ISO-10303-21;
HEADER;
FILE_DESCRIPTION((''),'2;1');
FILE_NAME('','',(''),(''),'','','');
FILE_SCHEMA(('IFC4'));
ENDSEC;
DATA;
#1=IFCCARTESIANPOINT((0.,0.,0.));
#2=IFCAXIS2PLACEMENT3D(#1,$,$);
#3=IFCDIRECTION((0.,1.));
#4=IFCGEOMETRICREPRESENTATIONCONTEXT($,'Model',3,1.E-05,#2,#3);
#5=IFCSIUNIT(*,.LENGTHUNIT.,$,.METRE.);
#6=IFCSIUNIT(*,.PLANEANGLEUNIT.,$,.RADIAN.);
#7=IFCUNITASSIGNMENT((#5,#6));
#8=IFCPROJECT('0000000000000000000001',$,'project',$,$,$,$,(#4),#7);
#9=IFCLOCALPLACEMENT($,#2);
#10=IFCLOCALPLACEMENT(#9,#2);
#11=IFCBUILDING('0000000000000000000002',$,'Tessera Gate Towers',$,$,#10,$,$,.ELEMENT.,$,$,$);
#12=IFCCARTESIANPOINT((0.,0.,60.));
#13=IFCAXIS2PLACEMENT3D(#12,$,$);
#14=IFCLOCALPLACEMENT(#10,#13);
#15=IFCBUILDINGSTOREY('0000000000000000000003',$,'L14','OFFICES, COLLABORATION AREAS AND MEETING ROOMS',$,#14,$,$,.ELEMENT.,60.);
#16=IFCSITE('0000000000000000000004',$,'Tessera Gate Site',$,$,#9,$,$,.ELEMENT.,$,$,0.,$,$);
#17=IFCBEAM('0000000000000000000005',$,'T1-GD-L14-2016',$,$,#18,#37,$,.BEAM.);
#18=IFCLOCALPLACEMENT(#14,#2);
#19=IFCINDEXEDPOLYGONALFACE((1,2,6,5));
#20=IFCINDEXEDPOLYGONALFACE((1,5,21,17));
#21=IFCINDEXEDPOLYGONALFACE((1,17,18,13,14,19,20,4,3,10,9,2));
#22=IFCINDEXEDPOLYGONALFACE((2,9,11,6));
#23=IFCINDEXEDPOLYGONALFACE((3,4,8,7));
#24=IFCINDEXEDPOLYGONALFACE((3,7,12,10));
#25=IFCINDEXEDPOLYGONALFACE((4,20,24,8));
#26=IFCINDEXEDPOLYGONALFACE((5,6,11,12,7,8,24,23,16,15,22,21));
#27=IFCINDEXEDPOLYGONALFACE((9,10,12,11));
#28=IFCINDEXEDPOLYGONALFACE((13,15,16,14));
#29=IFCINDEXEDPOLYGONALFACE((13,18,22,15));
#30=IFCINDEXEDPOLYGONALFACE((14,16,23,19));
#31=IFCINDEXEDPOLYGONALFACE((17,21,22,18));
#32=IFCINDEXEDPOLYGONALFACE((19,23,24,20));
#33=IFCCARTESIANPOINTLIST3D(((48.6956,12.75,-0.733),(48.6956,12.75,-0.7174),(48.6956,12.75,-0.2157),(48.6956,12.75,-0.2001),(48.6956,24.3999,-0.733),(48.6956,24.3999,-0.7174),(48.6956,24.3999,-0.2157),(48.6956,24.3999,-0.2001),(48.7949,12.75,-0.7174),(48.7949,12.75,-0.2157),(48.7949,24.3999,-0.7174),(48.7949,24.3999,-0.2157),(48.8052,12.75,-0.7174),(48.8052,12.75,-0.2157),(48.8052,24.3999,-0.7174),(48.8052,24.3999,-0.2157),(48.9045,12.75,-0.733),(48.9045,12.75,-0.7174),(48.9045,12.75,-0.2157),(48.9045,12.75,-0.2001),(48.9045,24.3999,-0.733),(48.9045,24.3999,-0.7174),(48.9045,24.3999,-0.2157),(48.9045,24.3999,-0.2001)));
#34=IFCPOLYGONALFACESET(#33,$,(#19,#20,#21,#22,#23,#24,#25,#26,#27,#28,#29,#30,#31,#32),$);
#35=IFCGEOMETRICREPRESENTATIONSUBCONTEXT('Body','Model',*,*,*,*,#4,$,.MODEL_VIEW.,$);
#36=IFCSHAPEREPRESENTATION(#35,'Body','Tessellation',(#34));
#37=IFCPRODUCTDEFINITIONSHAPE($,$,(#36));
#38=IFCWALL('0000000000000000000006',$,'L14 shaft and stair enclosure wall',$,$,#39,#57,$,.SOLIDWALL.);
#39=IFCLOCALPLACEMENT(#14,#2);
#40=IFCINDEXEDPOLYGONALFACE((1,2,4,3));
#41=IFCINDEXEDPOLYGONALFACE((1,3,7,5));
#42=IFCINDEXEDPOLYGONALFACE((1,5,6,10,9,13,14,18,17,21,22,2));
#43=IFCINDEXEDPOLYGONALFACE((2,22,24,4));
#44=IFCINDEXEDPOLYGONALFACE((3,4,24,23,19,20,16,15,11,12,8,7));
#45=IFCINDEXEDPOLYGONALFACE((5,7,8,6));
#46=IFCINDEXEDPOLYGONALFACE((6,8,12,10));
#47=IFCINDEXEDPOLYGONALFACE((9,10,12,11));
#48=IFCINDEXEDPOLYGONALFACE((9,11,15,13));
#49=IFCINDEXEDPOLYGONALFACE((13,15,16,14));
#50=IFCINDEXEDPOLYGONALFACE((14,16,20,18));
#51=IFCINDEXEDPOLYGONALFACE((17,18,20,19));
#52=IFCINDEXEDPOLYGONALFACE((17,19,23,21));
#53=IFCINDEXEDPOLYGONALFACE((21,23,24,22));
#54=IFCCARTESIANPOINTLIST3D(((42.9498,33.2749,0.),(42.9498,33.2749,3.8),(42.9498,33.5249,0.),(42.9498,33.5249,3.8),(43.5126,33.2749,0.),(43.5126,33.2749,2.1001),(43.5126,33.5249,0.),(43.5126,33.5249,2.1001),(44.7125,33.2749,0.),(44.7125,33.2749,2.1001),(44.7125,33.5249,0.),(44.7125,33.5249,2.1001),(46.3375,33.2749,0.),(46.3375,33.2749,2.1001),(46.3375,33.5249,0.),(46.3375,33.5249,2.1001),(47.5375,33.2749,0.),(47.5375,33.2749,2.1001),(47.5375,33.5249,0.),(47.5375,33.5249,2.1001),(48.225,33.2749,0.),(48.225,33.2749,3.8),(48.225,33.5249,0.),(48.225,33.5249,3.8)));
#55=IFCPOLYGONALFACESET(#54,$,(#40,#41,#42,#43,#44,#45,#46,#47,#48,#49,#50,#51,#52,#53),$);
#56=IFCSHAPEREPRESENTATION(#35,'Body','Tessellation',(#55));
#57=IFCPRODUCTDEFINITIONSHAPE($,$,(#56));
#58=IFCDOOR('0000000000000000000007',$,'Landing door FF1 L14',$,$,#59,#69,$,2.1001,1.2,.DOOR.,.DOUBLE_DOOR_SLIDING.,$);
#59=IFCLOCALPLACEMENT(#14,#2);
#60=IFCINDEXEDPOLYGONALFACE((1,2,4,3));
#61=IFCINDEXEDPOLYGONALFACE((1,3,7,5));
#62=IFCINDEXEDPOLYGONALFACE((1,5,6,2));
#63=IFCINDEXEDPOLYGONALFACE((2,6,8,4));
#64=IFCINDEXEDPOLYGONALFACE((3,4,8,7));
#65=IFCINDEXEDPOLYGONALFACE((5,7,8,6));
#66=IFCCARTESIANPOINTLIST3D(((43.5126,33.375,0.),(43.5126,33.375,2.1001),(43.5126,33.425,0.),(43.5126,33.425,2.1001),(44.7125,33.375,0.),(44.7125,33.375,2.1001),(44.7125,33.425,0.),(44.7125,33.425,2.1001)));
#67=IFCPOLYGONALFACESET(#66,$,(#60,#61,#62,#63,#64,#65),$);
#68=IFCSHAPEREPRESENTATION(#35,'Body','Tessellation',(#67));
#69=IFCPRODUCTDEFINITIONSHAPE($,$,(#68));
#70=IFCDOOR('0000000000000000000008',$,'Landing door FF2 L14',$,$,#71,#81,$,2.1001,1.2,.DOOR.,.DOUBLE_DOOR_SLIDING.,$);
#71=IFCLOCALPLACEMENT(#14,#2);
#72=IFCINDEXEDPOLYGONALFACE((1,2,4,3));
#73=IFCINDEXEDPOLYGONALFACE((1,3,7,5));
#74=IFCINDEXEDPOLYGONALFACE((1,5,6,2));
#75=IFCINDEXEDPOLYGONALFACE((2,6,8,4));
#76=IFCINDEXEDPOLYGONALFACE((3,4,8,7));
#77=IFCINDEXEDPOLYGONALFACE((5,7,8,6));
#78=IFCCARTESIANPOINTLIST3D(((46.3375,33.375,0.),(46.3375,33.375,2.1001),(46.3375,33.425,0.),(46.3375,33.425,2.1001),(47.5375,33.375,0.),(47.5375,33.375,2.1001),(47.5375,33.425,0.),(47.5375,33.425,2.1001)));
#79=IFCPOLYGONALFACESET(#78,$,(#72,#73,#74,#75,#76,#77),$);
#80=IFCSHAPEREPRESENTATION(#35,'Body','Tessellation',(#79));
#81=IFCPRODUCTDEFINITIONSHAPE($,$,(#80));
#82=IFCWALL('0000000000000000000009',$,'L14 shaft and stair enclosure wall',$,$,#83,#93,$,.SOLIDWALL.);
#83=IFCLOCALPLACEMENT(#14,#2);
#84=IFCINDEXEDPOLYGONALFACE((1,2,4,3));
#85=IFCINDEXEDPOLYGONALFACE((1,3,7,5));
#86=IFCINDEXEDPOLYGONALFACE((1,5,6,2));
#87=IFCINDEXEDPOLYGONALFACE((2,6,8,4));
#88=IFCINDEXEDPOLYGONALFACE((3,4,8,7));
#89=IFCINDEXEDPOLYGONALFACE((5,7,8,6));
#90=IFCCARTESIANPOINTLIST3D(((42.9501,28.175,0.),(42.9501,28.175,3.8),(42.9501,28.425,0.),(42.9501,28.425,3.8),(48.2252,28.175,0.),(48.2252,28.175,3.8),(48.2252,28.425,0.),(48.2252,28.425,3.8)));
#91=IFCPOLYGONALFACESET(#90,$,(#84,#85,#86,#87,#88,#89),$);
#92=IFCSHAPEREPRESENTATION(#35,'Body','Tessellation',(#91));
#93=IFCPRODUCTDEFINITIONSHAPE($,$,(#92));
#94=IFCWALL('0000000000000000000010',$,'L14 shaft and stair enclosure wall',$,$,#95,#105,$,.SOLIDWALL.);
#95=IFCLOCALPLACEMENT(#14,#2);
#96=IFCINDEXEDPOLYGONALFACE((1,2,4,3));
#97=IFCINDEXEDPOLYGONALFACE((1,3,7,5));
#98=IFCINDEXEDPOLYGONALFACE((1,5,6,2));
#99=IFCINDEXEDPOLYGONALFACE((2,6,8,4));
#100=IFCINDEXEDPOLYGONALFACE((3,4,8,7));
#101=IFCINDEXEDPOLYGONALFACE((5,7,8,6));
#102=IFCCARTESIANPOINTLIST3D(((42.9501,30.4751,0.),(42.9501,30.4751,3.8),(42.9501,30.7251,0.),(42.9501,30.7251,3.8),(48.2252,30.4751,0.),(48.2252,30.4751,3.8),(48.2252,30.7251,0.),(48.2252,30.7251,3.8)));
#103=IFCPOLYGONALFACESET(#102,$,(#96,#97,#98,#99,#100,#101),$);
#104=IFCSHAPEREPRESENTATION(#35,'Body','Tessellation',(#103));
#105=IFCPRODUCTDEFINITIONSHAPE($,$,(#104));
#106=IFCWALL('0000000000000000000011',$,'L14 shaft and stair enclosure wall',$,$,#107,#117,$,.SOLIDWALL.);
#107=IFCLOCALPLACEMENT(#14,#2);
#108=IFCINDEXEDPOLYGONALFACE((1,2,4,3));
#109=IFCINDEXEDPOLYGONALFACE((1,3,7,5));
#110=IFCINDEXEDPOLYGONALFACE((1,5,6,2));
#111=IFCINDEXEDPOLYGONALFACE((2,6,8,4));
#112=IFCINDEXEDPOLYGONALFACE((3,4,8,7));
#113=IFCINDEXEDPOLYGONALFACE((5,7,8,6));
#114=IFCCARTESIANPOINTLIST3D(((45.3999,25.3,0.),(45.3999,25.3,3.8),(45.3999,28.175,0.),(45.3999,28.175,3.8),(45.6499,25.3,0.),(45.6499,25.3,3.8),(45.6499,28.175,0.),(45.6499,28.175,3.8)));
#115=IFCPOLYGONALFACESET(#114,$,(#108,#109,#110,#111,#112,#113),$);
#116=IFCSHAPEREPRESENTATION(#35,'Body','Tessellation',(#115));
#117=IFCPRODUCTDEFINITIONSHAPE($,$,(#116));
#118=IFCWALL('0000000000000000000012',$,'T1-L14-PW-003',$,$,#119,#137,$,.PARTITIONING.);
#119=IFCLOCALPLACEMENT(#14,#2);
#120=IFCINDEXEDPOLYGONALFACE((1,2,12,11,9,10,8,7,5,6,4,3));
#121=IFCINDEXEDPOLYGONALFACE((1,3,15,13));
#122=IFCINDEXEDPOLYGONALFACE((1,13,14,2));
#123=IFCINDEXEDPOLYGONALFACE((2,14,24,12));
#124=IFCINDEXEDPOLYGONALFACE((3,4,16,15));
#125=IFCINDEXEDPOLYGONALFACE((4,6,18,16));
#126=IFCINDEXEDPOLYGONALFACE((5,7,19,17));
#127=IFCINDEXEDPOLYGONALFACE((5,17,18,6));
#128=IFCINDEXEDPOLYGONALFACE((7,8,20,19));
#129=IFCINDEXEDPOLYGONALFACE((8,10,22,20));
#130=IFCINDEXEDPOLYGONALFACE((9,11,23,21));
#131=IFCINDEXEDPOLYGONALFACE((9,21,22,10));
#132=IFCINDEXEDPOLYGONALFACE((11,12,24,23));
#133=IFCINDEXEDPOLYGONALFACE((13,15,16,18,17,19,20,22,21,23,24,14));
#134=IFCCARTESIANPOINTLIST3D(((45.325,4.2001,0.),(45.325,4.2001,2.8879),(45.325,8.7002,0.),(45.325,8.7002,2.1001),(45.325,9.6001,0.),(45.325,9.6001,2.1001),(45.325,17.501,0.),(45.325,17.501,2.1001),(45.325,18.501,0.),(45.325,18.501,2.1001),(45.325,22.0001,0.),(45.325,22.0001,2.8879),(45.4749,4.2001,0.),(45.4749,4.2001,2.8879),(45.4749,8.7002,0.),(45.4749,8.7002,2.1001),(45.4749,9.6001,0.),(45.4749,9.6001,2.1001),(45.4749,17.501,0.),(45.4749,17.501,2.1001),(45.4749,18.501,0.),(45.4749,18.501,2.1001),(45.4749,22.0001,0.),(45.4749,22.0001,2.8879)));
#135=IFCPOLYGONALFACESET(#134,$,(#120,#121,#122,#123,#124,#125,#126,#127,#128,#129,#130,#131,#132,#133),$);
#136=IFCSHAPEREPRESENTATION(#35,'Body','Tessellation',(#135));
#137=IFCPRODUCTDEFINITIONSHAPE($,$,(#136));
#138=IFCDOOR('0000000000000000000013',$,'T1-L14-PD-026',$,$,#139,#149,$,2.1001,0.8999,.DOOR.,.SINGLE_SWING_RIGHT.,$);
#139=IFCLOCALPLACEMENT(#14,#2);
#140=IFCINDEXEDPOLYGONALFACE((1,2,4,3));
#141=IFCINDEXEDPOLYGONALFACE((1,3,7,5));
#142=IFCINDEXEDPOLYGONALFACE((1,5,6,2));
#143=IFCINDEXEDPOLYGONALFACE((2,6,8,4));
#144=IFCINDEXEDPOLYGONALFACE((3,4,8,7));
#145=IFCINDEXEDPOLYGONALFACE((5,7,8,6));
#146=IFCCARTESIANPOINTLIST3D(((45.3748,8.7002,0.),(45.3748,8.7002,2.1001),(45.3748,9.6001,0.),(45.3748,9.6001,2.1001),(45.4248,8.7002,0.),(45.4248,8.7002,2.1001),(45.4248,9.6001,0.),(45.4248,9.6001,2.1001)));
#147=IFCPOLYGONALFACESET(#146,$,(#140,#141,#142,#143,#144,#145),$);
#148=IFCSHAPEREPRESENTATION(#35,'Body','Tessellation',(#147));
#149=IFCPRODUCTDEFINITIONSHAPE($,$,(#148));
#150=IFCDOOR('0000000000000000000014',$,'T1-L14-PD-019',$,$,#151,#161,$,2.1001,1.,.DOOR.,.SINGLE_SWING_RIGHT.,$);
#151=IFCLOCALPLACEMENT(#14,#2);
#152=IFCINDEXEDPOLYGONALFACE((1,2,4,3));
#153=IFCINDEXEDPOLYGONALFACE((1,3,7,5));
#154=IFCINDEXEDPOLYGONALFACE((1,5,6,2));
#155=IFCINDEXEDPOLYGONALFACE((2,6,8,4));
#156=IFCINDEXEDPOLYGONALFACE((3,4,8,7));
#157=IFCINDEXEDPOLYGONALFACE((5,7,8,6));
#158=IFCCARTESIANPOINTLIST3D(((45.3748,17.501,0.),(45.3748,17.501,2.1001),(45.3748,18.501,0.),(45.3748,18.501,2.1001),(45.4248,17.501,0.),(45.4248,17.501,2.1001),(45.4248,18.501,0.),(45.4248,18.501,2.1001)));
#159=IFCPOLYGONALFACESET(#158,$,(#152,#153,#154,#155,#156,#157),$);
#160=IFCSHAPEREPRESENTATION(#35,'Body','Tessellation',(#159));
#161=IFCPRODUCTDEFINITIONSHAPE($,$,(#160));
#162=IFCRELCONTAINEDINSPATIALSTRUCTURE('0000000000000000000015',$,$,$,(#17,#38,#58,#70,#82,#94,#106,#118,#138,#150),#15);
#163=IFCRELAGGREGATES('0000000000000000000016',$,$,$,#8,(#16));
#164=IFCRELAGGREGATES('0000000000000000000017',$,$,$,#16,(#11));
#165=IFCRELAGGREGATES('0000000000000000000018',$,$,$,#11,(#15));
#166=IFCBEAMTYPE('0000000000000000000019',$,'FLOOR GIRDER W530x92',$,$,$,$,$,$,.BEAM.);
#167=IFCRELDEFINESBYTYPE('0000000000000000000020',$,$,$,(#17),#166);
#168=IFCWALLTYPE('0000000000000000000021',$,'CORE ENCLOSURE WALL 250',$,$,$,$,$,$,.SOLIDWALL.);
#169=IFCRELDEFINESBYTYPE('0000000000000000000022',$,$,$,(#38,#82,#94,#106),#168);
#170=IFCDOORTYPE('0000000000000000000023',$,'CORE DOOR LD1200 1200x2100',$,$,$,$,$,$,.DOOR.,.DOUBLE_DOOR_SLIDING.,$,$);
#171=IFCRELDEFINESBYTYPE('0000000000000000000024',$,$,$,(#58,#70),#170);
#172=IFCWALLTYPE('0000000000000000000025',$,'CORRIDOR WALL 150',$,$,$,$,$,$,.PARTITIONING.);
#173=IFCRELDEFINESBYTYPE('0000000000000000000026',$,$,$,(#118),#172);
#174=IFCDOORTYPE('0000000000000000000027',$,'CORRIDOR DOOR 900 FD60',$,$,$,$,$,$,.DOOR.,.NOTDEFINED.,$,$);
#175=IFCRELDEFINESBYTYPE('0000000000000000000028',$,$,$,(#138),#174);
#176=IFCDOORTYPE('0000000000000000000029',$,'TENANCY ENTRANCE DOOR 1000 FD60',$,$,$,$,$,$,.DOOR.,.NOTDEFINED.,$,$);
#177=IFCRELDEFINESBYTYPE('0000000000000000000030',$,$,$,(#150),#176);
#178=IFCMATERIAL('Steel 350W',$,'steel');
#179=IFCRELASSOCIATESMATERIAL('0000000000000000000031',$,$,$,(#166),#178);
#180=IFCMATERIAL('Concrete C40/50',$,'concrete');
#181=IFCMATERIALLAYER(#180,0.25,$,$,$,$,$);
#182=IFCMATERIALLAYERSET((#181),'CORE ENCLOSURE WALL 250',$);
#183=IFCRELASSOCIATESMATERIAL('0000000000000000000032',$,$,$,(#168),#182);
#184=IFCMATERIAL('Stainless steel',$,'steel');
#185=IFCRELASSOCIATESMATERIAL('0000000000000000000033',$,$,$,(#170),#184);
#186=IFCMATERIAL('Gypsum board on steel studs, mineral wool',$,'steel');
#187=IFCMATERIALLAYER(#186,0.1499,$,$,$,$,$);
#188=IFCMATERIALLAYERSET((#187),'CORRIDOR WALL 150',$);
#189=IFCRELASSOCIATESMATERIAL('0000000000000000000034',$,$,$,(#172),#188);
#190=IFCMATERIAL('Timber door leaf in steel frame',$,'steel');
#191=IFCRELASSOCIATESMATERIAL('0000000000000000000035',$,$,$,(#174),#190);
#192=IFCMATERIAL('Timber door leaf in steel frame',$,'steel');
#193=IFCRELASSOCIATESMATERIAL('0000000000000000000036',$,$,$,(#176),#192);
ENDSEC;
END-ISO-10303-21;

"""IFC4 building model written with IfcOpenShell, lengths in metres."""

from ifc_helpers import new_model, si_unit, direction, frame, frame_2d, origin, origin_2d, place, context, subcontext, project, spatial, rectangle, i_section, extrude, source, transform, mapped, material, layer, layer_set, material_profile, profile_set, type_object, element, fill, save


model = new_model("IFC4")

# Units and contexts
model_context = context("Model", 3, precision=1e-05, world=origin(), true_north=direction((0.0, 1.0)))
body_context = subcontext(model_context, "Body", "Model", "MODEL_VIEW")
ifc_project = project(units=[si_unit("LENGTHUNIT", "METRE"), si_unit("PLANEANGLEUNIT", "RADIAN")], contexts=[model_context])

# Site, building, storey
site_placement = place(None, origin())
site = spatial("IfcSite", under=ifc_project, at=site_placement, Name="Tessera Gate Site", CompositionType="ELEMENT", RefElevation=0.0)
building_placement = place(site_placement, origin())
building = spatial("IfcBuilding", under=site, at=building_placement, Name="Tessera Gate Towers", CompositionType="ELEMENT")
storey_placement = place(building_placement, frame((0.0, 0.0, 60.0)))
storey = spatial("IfcBuildingStorey", under=building, at=storey_placement, Name="L14", Description="OFFICES, COLLABORATION AREAS AND MEETING ROOMS", CompositionType="ELEMENT", Elevation=60.0)

# Beam
ifc_material_1 = material(Name="Steel 350W", Category="steel")
ifc_material_profile = material_profile(ifc_material_1, i_section(OverallWidth=0.209, OverallDepth=0.533, WebThickness=0.0103, FlangeThickness=0.0156, at=origin_2d()), Name="W530x92")
ifc_profile_set = profile_set([ifc_material_profile], Name="Steel 350W")
beam_type = type_object("IfcBeamType", Name="FLOOR GIRDER W530x92", PredefinedType="BEAM", material=ifc_profile_set)
beam_placement = place(storey_placement, frame((48.8, 12.75, -0.4666), z_axis=(0.0, 1.0, 0.0), x_axis=(-1.0, 0.0, 0.0)))
element("IfcBeam", 1, at=beam_placement, inside=storey, type_object=beam_type, Name="T1-GD-L14-2016", PredefinedType="BEAM", context=body_context, shape_type="SweptSolid", body=[
    extrude(i_section(OverallWidth=0.209, OverallDepth=0.533, WebThickness=0.0103, FlangeThickness=0.0156, at=origin_2d()), origin(), (0.0, 0.0, 1.0), 11.6499),
])

# Wall, openings, doors
ifc_material_2 = material(Name="Concrete C40/50", Category="concrete")
ifc_layer_1 = layer(ifc_material_2, 0.25)
ifc_layer_set_1 = layer_set([ifc_layer_1], Name="CORE ENCLOSURE WALL 250")
wall_type_1 = type_object("IfcWallType", Name="CORE ENCLOSURE WALL 250", PredefinedType="SOLIDWALL", material=ifc_layer_set_1)
wall_1_placement = place(storey_placement, frame((48.2251, 33.3999, 0.0), z_axis=(0.0, 0.0, 1.0), x_axis=(-1.0, 0.0, 0.0)))
wall_1 = element("IfcWall", 2, at=wall_1_placement, inside=storey, type_object=wall_type_1, Name="L14 shaft and stair enclosure wall", PredefinedType="SOLIDWALL", context=body_context, shape_type="SweptSolid", body=[
    extrude(rectangle(XDim=5.2751, YDim=0.25, at=frame_2d((2.6377, 0.0))), origin(), (0.0, 0.0, 1.0), 3.8),
])
shared_shape_1 = source(origin(), body_context, "Body", "SweptSolid", [
    extrude(rectangle(XDim=1.2, YDim=2.1001, at=frame_2d((0.6001, 1.05))), frame((0.0, 0.135, 0.0), z_axis=(0.0, -1.0, 0.0), x_axis=(1.0, 0.0, 0.0)), (0.0, 0.0, 1.0), 0.27),
])
opening_1_placement = place(wall_1_placement, frame((3.5125, 0.0, 0.0)))
opening_1 = element("IfcOpeningElement", 3, at=opening_1_placement, cuts=wall_1, PredefinedType="OPENING", context=body_context, shape_type="MappedRepresentation", body=[
    mapped(shared_shape_1, transform((0.0, 0.0, 0.0), scale=1.0)),
])
opening_2_placement = place(wall_1_placement, frame((0.6875, 0.0, 0.0)))
opening_2 = element("IfcOpeningElement", 4, at=opening_2_placement, cuts=wall_1, PredefinedType="OPENING", context=body_context, shape_type="MappedRepresentation", body=[
    mapped(shared_shape_1, transform((0.0, 0.0, 0.0), scale=1.0)),
])
ifc_material_3 = material(Name="Stainless steel", Category="steel")
door_type_1 = type_object("IfcDoorType", Name="CORE DOOR LD1200 1200x2100", OperationType="DOUBLE_DOOR_SLIDING", PredefinedType="DOOR", material=ifc_material_3)
shared_shape_2 = source(origin(), body_context, "Body", "SweptSolid", [
    extrude(rectangle(XDim=1.2, YDim=2.1001, at=frame_2d((0.6001, 1.05))), frame((0.0, 0.0249, 0.0), z_axis=(0.0, -1.0, 0.0), x_axis=(1.0, 0.0, 0.0)), (0.0, 0.0, 1.0), 0.05),
])
door_1_placement = place(opening_1_placement, origin())
door_1 = element("IfcDoor", 5, at=door_1_placement, inside=storey, type_object=door_type_1, Name="Landing door FF1 L14", OperationType="DOUBLE_DOOR_SLIDING", OverallHeight=2.1001, OverallWidth=1.2, PredefinedType="DOOR", context=body_context, shape_type="MappedRepresentation", body=[
    mapped(shared_shape_2, transform((0.0, 0.0, 0.0), scale=1.0)),
])
fill(opening_1, door_1)
door_2_placement = place(opening_2_placement, origin())
door_2 = element("IfcDoor", 6, at=door_2_placement, inside=storey, type_object=door_type_1, Name="Landing door FF2 L14", OperationType="DOUBLE_DOOR_SLIDING", OverallHeight=2.1001, OverallWidth=1.2, PredefinedType="DOOR", context=body_context, shape_type="MappedRepresentation", body=[
    mapped(shared_shape_2, transform((0.0, 0.0, 0.0), scale=1.0)),
])
fill(opening_2, door_2)

# Walls
for number, where, z_axis, x_axis, name in (
    (7, (42.95, 28.3, 0.0), (0.0, 0.0, 1.0), (1.0, 0.0, 0.0), "L14 shaft and stair enclosure wall"),
    (8, (42.95, 30.6001, 0.0), (0.0, 0.0, 1.0), (1.0, 0.0, 0.0), "L14 shaft and stair enclosure wall"),
):
    element("IfcWall", number, at=place(storey_placement, frame(where, z_axis=z_axis, x_axis=x_axis)), inside=storey, type_object=wall_type_1, Name=name, PredefinedType="SOLIDWALL", context=body_context, shape_type="SweptSolid", body=[
        extrude(rectangle(XDim=5.2751, YDim=0.25, at=frame_2d((2.6377, 0.0))), origin(), (0.0, 0.0, 1.0), 3.8),
    ])
wall_2_placement = place(storey_placement, frame((45.5249, 25.3, 0.0), z_axis=(0.0, 0.0, 1.0), x_axis=(0.0, 1.0, 0.0)))
element("IfcWall", 9, at=wall_2_placement, inside=storey, type_object=wall_type_1, Name="L14 shaft and stair enclosure wall", PredefinedType="SOLIDWALL", context=body_context, shape_type="SweptSolid", body=[
    extrude(rectangle(XDim=2.875, YDim=0.25, at=frame_2d((1.4375, 0.0))), origin(), (0.0, 0.0, 1.0), 3.8),
])

# Wall, openings, doors
ifc_material_4 = material(Name="Gypsum board on steel studs, mineral wool", Category="steel")
ifc_layer_2 = layer(ifc_material_4, 0.1499)
ifc_layer_set_2 = layer_set([ifc_layer_2], Name="CORRIDOR WALL 150")
wall_type_2 = type_object("IfcWallType", Name="CORRIDOR WALL 150", PredefinedType="PARTITIONING", material=ifc_layer_set_2)
wall_3_placement = place(storey_placement, frame((45.3999, 22.0, 0.0), z_axis=(0.0, 0.0, 1.0), x_axis=(0.0, -1.0, 0.0)))
wall_3 = element("IfcWall", 10, at=wall_3_placement, inside=storey, type_object=wall_type_2, Name="T1-L14-PW-003", PredefinedType="PARTITIONING", context=body_context, shape_type="SweptSolid", body=[
    extrude(rectangle(XDim=17.8, YDim=0.1499, at=frame_2d((8.8999, 0.0))), origin(), (0.0, 0.0, 1.0), 2.8879),
])
shared_shape_3 = source(origin(), body_context, "Body", "SweptSolid", [
    extrude(rectangle(XDim=1.0, YDim=2.1001, at=frame_2d((0.5, 1.05))), frame((0.0, 0.085, 0.0), z_axis=(0.0, -1.0, 0.0), x_axis=(1.0, 0.0, 0.0)), (0.0, 0.0, 1.0), 0.1699),
])
opening_3_placement = place(wall_3_placement, frame((3.499, 0.0, 0.0)))
opening_3 = element("IfcOpeningElement", 11, at=opening_3_placement, cuts=wall_3, PredefinedType="OPENING", context=body_context, shape_type="MappedRepresentation", body=[
    mapped(shared_shape_3, transform((0.0, 0.0, 0.0), scale=1.0)),
])
shared_shape_4 = source(origin(), body_context, "Body", "SweptSolid", [
    extrude(rectangle(XDim=0.8999, YDim=2.1001, at=frame_2d((0.45, 1.05))), frame((0.0, 0.085, 0.0), z_axis=(0.0, -1.0, 0.0), x_axis=(1.0, 0.0, 0.0)), (0.0, 0.0, 1.0), 0.1699),
])
opening_4_placement = place(wall_3_placement, frame((12.3999, 0.0, 0.0)))
opening_4 = element("IfcOpeningElement", 12, at=opening_4_placement, cuts=wall_3, PredefinedType="OPENING", context=body_context, shape_type="MappedRepresentation", body=[
    mapped(shared_shape_4, transform((0.0, 0.0, 0.0), scale=1.0)),
])
ifc_material_5 = material(Name="Timber door leaf in steel frame", Category="steel")
door_type_2 = type_object("IfcDoorType", Name="CORRIDOR DOOR 900 FD60", OperationType="NOTDEFINED", PredefinedType="DOOR", material=ifc_material_5)
shared_shape_5 = source(origin(), body_context, "Body", "SweptSolid", [
    extrude(rectangle(XDim=0.8999, YDim=2.1001, at=frame_2d((0.45, 1.05))), frame((0.0, 0.0249, 0.0), z_axis=(0.0, -1.0, 0.0), x_axis=(1.0, 0.0, 0.0)), (0.0, 0.0, 1.0), 0.05),
])
door_3_placement = place(opening_4_placement, origin())
door_3 = element("IfcDoor", 13, at=door_3_placement, inside=storey, type_object=door_type_2, Name="T1-L14-PD-026", OperationType="SINGLE_SWING_RIGHT", OverallHeight=2.1001, OverallWidth=0.8999, PredefinedType="DOOR", context=body_context, shape_type="MappedRepresentation", body=[
    mapped(shared_shape_5, transform((0.0, 0.0, 0.0), scale=1.0)),
])
fill(opening_4, door_3)
ifc_material_6 = material(Name="Timber door leaf in steel frame", Category="steel")
door_type_3 = type_object("IfcDoorType", Name="TENANCY ENTRANCE DOOR 1000 FD60", OperationType="NOTDEFINED", PredefinedType="DOOR", material=ifc_material_6)
shared_shape_6 = source(origin(), body_context, "Body", "SweptSolid", [
    extrude(rectangle(XDim=1.0, YDim=2.1001, at=frame_2d((0.5, 1.05))), frame((0.0, 0.0249, 0.0), z_axis=(0.0, -1.0, 0.0), x_axis=(1.0, 0.0, 0.0)), (0.0, 0.0, 1.0), 0.05),
])
door_4_placement = place(opening_3_placement, origin())
door_4 = element("IfcDoor", 14, at=door_4_placement, inside=storey, type_object=door_type_3, Name="T1-L14-PD-019", OperationType="SINGLE_SWING_RIGHT", OverallHeight=2.1001, OverallWidth=1.0, PredefinedType="DOOR", context=body_context, shape_type="MappedRepresentation", body=[
    mapped(shared_shape_6, transform((0.0, 0.0, 0.0), scale=1.0)),
])
fill(opening_3, door_4)

save(model, "model.ifc")
